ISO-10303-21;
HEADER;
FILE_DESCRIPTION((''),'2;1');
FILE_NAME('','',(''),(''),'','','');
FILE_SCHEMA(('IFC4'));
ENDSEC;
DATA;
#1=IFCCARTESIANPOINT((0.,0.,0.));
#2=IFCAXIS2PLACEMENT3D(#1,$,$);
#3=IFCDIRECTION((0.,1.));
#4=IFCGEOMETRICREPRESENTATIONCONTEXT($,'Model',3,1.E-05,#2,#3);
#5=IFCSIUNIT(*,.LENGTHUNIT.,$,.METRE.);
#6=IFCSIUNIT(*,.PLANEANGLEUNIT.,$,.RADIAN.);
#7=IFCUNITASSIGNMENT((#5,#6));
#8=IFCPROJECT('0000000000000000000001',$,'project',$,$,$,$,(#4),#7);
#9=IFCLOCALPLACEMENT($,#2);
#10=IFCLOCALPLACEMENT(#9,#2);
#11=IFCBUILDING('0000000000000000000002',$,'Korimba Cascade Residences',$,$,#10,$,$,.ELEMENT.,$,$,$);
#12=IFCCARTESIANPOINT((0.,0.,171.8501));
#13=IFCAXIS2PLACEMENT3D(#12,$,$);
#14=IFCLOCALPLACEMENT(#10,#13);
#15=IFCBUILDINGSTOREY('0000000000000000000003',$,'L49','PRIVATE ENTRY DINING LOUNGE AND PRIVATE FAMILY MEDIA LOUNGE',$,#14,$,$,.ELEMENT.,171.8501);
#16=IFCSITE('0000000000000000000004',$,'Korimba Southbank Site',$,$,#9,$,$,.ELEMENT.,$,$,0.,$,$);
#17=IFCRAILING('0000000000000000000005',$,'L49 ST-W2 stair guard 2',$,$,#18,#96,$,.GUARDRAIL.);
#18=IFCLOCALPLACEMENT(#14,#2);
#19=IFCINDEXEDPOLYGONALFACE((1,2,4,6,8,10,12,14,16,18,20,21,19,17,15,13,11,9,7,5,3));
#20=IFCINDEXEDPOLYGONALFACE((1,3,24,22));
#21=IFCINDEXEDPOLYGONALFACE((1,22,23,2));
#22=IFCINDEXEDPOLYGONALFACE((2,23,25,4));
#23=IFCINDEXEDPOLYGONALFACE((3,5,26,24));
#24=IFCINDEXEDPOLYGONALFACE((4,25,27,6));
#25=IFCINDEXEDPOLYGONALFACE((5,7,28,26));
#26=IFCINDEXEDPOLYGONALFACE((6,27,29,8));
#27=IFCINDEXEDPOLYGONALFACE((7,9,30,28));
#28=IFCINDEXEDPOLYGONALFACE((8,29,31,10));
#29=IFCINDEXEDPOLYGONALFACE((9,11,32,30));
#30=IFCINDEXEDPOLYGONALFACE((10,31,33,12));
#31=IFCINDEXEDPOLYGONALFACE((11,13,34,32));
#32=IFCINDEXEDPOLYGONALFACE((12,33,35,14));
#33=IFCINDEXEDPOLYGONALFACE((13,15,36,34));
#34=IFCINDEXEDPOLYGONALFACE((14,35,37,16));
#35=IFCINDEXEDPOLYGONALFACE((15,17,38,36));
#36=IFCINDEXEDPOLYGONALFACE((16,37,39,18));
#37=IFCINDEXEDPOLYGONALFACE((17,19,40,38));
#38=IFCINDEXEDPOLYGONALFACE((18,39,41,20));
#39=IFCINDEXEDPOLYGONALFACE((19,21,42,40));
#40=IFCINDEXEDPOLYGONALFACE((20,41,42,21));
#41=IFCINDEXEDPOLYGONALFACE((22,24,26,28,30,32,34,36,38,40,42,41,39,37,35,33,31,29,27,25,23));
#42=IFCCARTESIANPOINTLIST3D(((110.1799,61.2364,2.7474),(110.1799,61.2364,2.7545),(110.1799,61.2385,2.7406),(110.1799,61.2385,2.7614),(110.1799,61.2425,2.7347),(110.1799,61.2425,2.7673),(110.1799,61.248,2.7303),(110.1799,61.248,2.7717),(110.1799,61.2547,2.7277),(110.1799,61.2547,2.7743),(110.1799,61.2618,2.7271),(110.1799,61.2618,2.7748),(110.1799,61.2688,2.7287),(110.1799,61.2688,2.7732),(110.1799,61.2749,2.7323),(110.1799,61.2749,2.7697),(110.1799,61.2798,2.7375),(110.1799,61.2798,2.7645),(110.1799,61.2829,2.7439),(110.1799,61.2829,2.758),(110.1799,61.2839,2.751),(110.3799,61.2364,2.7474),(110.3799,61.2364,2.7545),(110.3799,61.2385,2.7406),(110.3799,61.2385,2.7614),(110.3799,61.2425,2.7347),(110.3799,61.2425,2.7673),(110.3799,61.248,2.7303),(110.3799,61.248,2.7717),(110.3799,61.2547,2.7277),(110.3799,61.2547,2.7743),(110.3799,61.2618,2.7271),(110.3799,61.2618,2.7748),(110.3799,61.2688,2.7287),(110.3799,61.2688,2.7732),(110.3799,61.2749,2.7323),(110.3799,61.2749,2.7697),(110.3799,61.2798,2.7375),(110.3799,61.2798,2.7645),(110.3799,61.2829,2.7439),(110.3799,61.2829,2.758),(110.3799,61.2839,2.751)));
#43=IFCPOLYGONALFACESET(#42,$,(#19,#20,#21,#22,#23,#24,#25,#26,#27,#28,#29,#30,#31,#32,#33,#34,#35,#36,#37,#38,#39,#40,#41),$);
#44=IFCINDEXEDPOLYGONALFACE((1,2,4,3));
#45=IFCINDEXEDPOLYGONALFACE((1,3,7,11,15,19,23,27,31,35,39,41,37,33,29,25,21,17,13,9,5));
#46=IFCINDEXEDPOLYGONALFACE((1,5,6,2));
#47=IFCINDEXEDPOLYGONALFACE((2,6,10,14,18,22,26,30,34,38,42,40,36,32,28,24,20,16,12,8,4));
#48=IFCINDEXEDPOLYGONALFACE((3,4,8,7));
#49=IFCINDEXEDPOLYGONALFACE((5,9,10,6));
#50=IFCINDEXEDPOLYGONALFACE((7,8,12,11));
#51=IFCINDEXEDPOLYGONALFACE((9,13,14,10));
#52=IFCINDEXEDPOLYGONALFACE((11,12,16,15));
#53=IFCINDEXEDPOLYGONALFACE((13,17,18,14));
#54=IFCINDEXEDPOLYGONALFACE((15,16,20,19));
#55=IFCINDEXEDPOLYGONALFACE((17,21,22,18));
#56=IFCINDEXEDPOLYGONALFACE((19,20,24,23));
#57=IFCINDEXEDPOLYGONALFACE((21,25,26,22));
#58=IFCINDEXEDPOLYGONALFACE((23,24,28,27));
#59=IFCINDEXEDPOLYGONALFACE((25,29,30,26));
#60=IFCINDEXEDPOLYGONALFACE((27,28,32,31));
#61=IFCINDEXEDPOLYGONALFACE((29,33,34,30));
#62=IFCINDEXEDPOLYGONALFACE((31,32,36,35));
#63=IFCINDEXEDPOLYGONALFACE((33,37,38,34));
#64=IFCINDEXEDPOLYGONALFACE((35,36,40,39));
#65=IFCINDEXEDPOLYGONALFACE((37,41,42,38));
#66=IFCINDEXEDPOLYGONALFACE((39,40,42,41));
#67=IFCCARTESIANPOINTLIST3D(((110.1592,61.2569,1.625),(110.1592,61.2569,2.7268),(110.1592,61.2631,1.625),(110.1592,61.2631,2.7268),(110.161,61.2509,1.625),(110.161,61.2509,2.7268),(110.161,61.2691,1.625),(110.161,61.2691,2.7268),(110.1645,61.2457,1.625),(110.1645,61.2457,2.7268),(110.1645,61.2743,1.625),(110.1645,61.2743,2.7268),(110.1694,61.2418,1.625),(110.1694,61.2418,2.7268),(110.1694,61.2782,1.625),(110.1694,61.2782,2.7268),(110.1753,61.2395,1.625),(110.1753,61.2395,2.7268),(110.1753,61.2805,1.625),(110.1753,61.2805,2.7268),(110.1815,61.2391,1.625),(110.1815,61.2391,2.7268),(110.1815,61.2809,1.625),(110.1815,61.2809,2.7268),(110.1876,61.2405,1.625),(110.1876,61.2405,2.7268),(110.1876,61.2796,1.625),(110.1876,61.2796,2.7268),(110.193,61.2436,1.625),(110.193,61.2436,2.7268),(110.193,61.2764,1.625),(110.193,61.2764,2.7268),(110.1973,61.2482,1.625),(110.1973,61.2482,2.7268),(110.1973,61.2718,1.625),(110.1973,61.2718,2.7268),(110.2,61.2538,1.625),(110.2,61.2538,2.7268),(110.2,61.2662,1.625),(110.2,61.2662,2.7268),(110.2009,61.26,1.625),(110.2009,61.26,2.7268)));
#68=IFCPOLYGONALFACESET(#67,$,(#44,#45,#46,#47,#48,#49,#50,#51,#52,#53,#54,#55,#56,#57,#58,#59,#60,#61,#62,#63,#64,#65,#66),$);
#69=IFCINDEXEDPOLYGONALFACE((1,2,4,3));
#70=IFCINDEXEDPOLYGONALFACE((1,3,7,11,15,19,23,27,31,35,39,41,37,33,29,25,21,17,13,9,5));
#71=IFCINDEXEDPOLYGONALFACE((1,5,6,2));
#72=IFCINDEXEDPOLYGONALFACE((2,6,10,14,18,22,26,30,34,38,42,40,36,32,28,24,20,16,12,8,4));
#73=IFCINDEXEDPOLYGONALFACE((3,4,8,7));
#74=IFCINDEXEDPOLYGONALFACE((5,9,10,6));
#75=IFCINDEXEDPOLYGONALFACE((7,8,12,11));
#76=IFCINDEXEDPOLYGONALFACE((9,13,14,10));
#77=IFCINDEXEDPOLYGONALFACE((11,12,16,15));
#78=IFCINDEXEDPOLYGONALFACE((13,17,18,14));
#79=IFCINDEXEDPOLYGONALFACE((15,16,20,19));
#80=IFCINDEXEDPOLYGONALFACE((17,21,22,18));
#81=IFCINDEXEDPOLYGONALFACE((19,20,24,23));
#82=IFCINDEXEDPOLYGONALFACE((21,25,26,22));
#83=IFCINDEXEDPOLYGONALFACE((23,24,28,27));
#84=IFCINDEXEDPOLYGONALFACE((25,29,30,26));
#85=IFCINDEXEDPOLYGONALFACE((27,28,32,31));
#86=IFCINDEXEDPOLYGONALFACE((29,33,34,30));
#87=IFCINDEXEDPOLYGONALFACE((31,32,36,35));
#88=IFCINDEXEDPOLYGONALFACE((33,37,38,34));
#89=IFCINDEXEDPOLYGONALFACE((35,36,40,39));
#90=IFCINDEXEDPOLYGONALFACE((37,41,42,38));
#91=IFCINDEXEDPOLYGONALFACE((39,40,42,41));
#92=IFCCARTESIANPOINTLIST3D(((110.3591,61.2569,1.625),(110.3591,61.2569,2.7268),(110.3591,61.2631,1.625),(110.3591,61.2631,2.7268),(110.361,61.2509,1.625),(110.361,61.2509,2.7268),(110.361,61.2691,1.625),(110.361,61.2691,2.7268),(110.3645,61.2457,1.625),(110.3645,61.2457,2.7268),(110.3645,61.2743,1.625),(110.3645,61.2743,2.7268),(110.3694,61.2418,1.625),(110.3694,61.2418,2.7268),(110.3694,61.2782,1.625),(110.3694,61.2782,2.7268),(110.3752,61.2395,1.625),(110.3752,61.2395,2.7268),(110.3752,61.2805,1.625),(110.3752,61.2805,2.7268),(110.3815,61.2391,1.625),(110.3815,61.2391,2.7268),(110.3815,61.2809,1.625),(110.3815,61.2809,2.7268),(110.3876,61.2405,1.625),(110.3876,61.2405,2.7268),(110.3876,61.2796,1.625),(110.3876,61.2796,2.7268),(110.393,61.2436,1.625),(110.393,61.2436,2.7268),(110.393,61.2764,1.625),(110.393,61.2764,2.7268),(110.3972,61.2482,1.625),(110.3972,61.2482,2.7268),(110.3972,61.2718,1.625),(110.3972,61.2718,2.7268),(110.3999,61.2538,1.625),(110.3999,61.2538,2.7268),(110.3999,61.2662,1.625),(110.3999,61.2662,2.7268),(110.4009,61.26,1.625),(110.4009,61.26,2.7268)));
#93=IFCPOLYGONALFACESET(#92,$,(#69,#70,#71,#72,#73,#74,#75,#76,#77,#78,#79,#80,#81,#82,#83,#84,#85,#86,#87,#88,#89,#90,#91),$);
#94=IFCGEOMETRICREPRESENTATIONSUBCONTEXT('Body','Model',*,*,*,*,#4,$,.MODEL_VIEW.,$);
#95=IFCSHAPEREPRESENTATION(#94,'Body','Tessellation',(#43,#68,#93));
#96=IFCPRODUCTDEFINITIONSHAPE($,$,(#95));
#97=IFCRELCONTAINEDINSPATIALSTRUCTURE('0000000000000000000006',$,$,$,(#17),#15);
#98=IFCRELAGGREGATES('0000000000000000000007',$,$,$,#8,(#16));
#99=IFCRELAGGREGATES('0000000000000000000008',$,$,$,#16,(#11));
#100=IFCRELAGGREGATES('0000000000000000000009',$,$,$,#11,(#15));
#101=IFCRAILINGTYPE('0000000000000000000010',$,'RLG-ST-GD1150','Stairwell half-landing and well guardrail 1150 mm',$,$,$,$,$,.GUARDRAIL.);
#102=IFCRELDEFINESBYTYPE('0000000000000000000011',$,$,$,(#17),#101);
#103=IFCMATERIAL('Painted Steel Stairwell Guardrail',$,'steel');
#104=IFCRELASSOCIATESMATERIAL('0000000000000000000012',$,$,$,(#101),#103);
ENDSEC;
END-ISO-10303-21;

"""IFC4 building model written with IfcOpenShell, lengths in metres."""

from ifc_helpers import new_model, si_unit, direction, frame, origin, origin_2d, place, context, subcontext, project, spatial, circle, extrude, material, type_object, element, save


model = new_model("IFC4")

# Units and contexts
model_context = context("Model", 3, precision=1e-05, world=origin(), true_north=direction((0.0, 1.0)))
body_context = subcontext(model_context, "Body", "Model", "MODEL_VIEW")
ifc_project = project(units=[si_unit("LENGTHUNIT", "METRE"), si_unit("PLANEANGLEUNIT", "RADIAN")], contexts=[model_context])

# Site, building, storey
site_placement = place(None, origin())
site = spatial("IfcSite", under=ifc_project, at=site_placement, Name="Korimba Southbank Site", CompositionType="ELEMENT", RefElevation=0.0)
building_placement = place(site_placement, origin())
building = spatial("IfcBuilding", under=site, at=building_placement, Name="Korimba Cascade Residences", CompositionType="ELEMENT")
storey_placement = place(building_placement, frame((0.0, 0.0, 171.8501)))
storey = spatial("IfcBuildingStorey", under=building, at=storey_placement, Name="L49", Description="PRIVATE ENTRY DINING LOUNGE AND PRIVATE FAMILY MEDIA LOUNGE", CompositionType="ELEMENT", Elevation=171.8501)

# Railing
ifc_material_1 = material(Name="Painted Steel Stairwell Guardrail", Category="steel")
railing_type_1 = type_object("IfcRailingType", Name="RLG-ST-GD1150", Description="Stairwell half-landing and well guardrail 1150 mm", PredefinedType="GUARDRAIL", material=ifc_material_1)
railing_1_placement = place(storey_placement, frame((110.1799, 61.26, 1.625)))
element("IfcRailing", 1, at=railing_1_placement, inside=storey, type_object=railing_type_1, Name="L49 ST-W2 stair guard 2", PredefinedType="GUARDRAIL", context=body_context, shape_type="SweptSolid", body=[
    extrude(circle(Radius=0.0239, at=origin_2d()), frame((0.0, 0.0, 1.126), z_axis=(1.0, 0.0, 0.0), x_axis=(0.0, 1.0, 0.0)), (0.0, 0.0, 1.0), 0.2),
    extrude(circle(Radius=0.021, at=origin_2d()), origin(), (0.0, 0.0, 1.0), 1.1018),
    extrude(circle(Radius=0.021, at=origin_2d()), frame((0.2, 0.0, 0.0)), (0.0, 0.0, 1.0), 1.1018),
])

save(model, "model.ifc")
